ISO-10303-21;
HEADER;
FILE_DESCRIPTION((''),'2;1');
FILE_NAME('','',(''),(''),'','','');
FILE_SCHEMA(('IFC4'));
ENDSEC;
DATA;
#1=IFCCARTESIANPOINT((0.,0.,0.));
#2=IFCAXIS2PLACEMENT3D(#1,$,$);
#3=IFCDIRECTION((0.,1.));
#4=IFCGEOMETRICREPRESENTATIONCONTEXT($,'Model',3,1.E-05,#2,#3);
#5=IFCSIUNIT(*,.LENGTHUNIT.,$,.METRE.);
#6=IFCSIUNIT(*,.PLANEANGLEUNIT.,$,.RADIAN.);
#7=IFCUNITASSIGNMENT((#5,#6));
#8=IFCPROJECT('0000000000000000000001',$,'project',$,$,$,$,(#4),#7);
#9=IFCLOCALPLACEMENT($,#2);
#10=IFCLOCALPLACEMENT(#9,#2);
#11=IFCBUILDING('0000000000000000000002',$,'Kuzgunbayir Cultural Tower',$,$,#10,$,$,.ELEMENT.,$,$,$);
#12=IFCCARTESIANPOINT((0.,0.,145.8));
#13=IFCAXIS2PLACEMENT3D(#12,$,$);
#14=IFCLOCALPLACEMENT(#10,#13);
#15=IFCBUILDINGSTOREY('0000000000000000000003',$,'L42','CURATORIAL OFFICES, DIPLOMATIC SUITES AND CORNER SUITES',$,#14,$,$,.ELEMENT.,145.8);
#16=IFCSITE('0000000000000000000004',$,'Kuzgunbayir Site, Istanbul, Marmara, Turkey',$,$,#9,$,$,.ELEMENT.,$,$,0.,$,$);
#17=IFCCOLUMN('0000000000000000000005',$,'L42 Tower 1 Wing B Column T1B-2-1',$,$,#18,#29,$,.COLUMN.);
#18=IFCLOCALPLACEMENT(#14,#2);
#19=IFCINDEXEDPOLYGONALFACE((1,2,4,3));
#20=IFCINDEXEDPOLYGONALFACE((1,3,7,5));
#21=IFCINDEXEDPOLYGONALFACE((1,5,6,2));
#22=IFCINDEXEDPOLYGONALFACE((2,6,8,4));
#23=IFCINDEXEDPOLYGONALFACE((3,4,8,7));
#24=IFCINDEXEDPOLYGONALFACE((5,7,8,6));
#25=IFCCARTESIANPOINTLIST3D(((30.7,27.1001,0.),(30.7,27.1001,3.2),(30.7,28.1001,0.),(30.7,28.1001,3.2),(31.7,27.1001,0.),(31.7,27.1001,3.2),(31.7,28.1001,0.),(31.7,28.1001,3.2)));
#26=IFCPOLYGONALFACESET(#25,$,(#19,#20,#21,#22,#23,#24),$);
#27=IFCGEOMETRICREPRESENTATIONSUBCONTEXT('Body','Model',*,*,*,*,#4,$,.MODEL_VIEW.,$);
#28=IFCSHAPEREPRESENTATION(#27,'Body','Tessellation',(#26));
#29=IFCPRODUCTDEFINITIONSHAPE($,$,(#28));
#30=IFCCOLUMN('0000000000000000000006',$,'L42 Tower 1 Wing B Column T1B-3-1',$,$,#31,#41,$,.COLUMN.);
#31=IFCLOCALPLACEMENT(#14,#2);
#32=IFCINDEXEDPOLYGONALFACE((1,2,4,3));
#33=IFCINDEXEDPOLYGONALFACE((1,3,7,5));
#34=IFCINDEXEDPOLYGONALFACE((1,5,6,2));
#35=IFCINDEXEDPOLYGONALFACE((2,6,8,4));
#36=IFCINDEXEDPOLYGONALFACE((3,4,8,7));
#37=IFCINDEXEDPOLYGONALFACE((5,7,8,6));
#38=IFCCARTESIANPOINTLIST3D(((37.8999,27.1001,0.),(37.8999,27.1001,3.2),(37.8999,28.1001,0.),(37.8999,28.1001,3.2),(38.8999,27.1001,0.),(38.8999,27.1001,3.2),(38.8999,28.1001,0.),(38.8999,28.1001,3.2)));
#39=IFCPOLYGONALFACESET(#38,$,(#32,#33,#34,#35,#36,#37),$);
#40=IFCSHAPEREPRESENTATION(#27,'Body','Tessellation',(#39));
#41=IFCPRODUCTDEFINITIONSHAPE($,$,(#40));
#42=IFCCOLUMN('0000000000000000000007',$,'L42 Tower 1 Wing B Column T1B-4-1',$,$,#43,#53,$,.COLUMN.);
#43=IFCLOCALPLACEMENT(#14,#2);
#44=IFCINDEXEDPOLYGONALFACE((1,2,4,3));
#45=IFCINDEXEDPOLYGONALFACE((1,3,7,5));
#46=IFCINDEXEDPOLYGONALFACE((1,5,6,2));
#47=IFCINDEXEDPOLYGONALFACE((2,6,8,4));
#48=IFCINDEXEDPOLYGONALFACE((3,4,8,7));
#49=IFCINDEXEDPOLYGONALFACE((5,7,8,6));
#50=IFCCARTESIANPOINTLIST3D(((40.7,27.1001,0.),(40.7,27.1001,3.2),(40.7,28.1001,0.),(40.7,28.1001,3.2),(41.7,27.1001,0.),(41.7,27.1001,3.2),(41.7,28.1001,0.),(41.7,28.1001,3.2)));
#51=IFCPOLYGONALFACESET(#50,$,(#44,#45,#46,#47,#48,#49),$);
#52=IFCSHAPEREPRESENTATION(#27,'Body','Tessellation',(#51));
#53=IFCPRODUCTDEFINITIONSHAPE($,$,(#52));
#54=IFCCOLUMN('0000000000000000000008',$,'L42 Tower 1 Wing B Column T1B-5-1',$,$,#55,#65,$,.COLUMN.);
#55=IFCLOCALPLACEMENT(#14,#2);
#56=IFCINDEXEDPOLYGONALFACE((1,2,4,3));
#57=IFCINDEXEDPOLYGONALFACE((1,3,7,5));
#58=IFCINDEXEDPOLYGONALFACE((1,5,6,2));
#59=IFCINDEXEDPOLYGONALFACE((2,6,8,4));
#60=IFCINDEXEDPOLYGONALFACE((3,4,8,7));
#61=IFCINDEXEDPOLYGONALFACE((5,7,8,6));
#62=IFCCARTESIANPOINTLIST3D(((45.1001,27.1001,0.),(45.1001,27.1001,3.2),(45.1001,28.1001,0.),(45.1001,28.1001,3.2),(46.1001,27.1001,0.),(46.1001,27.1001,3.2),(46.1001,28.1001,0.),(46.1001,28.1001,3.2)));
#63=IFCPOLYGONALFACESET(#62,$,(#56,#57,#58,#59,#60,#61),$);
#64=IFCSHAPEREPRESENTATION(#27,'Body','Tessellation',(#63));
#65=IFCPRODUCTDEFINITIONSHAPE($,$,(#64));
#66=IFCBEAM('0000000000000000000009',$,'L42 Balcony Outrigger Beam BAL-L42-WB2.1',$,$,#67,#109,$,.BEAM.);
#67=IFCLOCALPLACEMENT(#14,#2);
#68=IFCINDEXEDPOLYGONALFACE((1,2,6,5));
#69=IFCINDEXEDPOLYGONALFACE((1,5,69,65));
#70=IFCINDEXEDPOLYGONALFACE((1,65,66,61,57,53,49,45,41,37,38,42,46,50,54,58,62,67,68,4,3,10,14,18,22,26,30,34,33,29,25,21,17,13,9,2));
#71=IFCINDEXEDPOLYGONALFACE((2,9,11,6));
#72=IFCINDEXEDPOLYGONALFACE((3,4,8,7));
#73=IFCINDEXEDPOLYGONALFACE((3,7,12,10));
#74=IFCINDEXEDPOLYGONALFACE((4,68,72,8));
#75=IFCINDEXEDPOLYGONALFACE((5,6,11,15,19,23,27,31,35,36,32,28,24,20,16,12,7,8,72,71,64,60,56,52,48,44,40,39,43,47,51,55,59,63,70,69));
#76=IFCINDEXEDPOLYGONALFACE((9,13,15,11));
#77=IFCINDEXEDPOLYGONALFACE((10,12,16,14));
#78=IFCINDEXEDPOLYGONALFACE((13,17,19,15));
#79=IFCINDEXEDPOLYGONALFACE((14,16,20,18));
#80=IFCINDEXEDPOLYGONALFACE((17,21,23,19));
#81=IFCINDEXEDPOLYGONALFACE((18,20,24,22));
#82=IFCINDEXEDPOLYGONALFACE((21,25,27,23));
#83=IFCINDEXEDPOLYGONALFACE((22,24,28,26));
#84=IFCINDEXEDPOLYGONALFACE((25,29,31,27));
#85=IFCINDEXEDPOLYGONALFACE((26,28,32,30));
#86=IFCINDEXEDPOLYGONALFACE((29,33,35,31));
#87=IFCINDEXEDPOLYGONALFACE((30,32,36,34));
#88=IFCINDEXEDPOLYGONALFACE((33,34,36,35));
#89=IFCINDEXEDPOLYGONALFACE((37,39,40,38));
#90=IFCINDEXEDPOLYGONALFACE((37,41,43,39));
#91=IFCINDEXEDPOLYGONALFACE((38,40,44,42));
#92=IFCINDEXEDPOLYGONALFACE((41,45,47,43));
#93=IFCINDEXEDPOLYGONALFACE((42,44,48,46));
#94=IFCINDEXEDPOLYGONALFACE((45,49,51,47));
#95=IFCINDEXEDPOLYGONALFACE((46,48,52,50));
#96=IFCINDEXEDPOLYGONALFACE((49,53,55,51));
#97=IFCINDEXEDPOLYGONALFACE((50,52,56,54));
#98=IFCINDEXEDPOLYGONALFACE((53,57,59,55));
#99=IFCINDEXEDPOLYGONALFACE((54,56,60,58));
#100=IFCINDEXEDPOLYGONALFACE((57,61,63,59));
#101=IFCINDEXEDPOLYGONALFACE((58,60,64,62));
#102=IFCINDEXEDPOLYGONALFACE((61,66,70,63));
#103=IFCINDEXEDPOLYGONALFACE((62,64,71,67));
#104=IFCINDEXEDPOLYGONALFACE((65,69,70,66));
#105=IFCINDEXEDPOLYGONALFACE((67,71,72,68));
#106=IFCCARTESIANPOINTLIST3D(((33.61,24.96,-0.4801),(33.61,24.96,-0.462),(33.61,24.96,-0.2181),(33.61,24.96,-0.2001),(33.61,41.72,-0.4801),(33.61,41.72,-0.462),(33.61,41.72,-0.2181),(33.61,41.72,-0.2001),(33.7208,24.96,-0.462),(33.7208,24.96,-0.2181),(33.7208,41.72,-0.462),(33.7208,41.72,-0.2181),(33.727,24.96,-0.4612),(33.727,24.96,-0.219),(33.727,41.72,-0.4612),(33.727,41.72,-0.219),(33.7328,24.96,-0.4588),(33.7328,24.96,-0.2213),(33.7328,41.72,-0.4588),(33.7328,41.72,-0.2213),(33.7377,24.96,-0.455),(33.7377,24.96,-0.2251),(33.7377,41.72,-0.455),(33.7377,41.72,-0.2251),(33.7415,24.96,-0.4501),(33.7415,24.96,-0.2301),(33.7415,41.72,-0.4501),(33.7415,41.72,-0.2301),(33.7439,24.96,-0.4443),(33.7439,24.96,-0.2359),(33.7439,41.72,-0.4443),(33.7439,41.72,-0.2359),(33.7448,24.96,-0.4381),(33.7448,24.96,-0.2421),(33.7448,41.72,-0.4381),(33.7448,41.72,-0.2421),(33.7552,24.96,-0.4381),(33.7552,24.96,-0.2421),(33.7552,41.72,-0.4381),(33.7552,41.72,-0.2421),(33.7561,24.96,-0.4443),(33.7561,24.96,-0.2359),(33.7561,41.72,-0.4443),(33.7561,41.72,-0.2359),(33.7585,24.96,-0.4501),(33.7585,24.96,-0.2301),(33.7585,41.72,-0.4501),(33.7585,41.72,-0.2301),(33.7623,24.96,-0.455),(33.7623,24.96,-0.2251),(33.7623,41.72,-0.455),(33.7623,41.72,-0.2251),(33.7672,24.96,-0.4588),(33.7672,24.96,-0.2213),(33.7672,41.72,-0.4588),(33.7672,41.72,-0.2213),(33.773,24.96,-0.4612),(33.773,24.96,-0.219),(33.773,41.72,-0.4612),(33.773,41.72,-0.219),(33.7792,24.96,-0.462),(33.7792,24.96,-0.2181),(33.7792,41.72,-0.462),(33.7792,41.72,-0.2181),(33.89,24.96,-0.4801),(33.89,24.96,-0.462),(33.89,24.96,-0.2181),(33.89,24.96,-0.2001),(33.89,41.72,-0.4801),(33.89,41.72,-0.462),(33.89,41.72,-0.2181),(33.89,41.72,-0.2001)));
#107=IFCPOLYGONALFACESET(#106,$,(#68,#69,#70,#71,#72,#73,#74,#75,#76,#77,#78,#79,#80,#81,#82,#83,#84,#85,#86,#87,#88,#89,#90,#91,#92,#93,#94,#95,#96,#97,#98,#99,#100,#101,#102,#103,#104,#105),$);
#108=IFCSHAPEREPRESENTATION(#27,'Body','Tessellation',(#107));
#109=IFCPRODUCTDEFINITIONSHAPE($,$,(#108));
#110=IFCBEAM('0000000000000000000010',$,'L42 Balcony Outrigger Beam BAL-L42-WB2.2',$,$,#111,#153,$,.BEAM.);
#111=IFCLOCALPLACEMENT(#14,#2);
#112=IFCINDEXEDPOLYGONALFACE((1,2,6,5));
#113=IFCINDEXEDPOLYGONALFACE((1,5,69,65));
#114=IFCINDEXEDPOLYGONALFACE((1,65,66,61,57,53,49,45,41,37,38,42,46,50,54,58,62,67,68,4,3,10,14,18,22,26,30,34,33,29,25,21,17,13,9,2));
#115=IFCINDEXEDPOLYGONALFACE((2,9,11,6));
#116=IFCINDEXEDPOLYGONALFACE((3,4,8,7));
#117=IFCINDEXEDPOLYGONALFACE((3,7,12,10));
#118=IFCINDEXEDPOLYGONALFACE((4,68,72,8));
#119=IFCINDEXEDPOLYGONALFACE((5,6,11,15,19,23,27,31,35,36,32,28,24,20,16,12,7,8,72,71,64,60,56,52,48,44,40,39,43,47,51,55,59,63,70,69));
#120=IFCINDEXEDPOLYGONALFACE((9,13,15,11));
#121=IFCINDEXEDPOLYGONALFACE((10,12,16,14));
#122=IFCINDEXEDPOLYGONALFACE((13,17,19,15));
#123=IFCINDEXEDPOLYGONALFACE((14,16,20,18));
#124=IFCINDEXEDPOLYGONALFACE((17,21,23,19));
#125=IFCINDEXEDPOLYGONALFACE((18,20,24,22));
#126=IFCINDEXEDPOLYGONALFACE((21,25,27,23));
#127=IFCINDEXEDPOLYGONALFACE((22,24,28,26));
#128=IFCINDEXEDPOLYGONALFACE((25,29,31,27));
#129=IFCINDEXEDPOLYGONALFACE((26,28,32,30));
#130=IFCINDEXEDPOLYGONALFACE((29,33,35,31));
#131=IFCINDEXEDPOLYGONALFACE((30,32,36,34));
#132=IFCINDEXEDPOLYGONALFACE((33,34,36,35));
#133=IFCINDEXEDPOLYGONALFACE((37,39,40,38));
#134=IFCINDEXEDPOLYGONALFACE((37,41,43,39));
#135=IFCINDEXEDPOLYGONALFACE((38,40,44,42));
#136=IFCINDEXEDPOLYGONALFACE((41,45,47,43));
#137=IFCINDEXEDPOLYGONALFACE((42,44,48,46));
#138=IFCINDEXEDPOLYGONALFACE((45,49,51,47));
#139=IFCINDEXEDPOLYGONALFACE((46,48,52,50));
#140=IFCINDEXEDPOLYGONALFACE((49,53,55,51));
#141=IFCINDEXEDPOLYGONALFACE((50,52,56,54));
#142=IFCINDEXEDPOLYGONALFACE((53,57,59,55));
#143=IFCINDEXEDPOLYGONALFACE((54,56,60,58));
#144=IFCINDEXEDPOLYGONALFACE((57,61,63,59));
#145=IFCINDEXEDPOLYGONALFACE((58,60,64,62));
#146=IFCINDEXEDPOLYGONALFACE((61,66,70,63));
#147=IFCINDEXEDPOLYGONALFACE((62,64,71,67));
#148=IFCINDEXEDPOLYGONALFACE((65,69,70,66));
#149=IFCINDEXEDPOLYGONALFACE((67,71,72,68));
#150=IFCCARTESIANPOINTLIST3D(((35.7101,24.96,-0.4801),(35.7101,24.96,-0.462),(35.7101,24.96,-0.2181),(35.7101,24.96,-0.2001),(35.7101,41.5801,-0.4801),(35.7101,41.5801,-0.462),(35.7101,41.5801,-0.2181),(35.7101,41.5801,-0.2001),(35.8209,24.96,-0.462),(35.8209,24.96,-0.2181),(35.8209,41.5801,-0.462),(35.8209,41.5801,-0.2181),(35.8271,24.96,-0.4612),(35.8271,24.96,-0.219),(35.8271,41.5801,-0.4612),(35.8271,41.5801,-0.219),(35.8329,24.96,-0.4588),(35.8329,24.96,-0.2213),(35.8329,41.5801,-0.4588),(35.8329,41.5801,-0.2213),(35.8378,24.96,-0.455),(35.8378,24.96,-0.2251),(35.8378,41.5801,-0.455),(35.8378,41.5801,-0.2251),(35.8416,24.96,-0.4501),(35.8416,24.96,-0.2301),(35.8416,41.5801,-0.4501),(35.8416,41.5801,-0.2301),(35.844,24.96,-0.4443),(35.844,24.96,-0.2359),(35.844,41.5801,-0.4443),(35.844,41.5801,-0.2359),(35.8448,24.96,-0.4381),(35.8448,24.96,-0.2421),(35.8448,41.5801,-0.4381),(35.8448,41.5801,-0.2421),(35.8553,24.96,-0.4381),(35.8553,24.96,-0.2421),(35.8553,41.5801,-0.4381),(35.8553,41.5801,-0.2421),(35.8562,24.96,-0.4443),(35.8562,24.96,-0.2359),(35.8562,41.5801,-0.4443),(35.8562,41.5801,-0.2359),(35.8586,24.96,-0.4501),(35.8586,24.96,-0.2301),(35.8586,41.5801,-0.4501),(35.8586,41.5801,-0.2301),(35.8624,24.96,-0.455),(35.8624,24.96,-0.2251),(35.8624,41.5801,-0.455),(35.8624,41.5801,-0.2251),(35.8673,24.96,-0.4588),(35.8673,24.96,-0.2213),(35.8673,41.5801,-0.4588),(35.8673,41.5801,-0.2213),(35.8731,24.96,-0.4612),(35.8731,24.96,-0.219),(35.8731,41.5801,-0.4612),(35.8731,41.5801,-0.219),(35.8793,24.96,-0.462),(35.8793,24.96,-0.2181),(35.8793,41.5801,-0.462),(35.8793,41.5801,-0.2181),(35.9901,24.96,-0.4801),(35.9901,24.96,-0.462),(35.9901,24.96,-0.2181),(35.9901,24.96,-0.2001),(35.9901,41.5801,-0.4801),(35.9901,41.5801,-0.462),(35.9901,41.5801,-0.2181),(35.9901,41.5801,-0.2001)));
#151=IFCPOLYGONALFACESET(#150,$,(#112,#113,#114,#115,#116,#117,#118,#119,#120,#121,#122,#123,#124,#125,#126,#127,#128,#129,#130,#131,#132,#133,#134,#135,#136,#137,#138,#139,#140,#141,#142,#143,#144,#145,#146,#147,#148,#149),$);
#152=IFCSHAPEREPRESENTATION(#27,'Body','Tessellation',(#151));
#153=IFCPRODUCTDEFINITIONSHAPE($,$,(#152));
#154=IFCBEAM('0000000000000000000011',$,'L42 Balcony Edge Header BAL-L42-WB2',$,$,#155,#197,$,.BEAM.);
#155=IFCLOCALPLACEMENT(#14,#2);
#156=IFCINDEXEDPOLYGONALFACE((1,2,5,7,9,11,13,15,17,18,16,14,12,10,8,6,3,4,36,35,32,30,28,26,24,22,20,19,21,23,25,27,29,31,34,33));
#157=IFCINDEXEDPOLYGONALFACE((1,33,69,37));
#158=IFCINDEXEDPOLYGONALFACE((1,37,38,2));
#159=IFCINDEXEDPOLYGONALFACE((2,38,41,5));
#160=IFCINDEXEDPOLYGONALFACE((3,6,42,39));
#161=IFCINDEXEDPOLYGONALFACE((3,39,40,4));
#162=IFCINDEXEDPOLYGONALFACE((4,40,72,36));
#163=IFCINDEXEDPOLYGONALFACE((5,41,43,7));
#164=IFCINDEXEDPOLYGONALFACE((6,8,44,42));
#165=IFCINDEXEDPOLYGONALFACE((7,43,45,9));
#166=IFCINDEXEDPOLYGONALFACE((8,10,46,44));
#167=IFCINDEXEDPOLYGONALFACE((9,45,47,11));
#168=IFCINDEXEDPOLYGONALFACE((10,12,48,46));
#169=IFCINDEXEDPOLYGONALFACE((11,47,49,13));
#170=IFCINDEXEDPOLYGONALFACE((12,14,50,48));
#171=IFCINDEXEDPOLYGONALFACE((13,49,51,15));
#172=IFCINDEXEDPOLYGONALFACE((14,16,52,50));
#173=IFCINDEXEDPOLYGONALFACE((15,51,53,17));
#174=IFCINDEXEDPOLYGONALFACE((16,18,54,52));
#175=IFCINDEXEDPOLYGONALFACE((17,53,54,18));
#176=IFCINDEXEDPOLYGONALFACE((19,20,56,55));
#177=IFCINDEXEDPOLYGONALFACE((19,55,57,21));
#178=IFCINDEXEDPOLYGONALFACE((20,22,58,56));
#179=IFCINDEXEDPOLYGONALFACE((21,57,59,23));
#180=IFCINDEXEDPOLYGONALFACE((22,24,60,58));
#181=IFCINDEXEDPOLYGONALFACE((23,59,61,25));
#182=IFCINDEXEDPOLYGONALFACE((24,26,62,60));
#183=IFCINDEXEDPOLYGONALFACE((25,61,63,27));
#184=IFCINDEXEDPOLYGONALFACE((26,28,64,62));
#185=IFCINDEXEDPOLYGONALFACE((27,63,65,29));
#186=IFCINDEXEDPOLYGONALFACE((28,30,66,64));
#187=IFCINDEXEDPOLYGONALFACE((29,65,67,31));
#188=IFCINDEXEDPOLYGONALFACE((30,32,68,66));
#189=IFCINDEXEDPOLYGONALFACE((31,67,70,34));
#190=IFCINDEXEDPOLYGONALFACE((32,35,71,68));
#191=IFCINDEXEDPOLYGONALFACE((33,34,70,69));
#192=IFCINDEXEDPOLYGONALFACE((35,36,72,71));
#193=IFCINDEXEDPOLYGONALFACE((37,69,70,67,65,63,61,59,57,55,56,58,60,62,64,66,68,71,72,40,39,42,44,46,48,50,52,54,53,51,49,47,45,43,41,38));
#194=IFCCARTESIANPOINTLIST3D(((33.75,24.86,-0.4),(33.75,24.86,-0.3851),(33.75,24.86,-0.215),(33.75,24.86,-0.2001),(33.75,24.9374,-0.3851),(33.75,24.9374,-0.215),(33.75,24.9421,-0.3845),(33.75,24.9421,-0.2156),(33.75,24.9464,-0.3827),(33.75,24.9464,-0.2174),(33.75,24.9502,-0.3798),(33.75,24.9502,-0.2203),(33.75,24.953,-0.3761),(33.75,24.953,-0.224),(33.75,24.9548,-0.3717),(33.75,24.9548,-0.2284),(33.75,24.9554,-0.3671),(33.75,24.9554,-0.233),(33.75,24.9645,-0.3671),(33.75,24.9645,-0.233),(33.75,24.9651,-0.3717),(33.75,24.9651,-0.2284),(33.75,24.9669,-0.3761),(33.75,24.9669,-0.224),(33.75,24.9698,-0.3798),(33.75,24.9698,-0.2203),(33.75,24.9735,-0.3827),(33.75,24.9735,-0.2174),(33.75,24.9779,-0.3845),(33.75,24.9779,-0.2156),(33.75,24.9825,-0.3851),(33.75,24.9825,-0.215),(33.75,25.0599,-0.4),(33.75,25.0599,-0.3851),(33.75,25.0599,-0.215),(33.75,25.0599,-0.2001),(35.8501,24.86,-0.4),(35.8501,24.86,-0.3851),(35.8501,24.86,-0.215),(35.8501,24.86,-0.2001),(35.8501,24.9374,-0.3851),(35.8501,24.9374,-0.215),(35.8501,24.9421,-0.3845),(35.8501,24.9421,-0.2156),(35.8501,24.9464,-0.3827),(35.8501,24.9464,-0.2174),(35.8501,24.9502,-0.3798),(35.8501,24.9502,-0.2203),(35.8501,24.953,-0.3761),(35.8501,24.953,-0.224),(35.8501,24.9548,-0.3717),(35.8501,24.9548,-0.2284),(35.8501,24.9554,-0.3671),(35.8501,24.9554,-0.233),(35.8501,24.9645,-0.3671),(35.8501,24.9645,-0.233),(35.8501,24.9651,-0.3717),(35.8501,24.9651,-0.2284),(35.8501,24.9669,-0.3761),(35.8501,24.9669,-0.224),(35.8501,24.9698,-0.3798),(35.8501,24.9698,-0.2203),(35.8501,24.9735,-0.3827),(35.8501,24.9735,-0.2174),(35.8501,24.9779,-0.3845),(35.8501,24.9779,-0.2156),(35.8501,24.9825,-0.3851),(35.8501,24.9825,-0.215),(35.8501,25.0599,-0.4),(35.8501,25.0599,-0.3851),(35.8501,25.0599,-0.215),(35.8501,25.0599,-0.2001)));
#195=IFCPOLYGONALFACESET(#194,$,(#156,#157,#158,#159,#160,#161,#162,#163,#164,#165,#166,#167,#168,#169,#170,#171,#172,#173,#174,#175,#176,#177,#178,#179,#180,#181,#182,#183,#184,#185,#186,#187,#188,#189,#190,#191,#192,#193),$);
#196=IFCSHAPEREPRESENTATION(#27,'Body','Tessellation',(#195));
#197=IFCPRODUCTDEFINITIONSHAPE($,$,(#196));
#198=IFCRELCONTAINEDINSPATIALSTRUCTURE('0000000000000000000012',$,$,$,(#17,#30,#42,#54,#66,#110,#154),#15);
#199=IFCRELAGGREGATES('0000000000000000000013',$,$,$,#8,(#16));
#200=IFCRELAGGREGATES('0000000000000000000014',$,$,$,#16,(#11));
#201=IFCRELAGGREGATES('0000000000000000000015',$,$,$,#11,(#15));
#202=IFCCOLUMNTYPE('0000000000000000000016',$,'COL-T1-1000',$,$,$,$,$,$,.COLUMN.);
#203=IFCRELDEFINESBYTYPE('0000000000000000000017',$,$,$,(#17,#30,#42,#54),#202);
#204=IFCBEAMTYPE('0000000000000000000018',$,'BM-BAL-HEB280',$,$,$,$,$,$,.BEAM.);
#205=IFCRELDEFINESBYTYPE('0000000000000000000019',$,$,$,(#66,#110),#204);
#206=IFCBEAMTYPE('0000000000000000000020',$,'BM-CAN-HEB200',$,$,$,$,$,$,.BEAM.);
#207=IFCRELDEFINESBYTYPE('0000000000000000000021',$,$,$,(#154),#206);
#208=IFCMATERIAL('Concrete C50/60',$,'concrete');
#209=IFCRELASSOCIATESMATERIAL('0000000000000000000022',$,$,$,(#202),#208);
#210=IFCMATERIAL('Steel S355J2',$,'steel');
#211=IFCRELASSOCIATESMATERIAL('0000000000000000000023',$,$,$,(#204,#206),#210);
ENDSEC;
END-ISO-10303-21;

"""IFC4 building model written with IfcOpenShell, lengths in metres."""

from ifc_helpers import new_model, si_unit, direction, frame, origin, origin_2d, place, context, subcontext, project, spatial, rectangle, i_section, extrude, material, material_profile, profile_set, type_object, element, save


model = new_model("IFC4")

# Units and contexts
model_context = context("Model", 3, precision=1e-05, world=origin(), true_north=direction((0.0, 1.0)))
body_context = subcontext(model_context, "Body", "Model", "MODEL_VIEW")
ifc_project = project(units=[si_unit("LENGTHUNIT", "METRE"), si_unit("PLANEANGLEUNIT", "RADIAN")], contexts=[model_context])

# Site, building, storey
site_placement = place(None, origin())
site = spatial("IfcSite", under=ifc_project, at=site_placement, Name="Kuzgunbayir Site, Istanbul, Marmara, Turkey", CompositionType="ELEMENT", RefElevation=0.0)
building_placement = place(site_placement, origin())
building = spatial("IfcBuilding", under=site, at=building_placement, Name="Kuzgunbayir Cultural Tower", CompositionType="ELEMENT")
storey_placement = place(building_placement, frame((0.0, 0.0, 145.8)))
storey = spatial("IfcBuildingStorey", under=building, at=storey_placement, Name="L42", Description="CURATORIAL OFFICES, DIPLOMATIC SUITES AND CORNER SUITES", CompositionType="ELEMENT", Elevation=145.8)

# Columns
ifc_material_1 = material(Name="Concrete C50/60", Category="concrete")
ifc_material_profile_1 = material_profile(ifc_material_1, rectangle(XDim=1.0, YDim=1.0, at=origin_2d()), Name="RC 1000x1000")
ifc_profile_set_1 = profile_set([ifc_material_profile_1], Name="Concrete C50/60")
column_type = type_object("IfcColumnType", Name="COL-T1-1000", PredefinedType="COLUMN", material=ifc_profile_set_1)
for number, where, z_axis, x_axis, name in (
    (1, (31.2, 27.6001, 0.0), (0.0, 0.0, 1.0), (1.0, 0.0, 0.0), "L42 Tower 1 Wing B Column T1B-2-1"),
    (2, (38.3999, 27.6001, 0.0), (0.0, 0.0, 1.0), (1.0, 0.0, 0.0), "L42 Tower 1 Wing B Column T1B-3-1"),
    (3, (41.2, 27.6001, 0.0), (0.0, 0.0, 1.0), (1.0, 0.0, 0.0), "L42 Tower 1 Wing B Column T1B-4-1"),
    (4, (45.6001, 27.6001, 0.0), (0.0, 0.0, 1.0), (1.0, 0.0, 0.0), "L42 Tower 1 Wing B Column T1B-5-1"),
):
    element("IfcColumn", number, at=place(storey_placement, frame(where, z_axis=z_axis, x_axis=x_axis)), inside=storey, type_object=column_type, Name=name, PredefinedType="COLUMN", context=body_context, shape_type="SweptSolid", body=[
        extrude(rectangle(XDim=1.0, YDim=1.0, at=origin_2d()), origin(), (0.0, 0.0, 1.0), 3.2),
    ])

# Beams
ifc_material_2 = material(Name="Steel S355J2", Category="steel")
ifc_material_profile_2 = material_profile(ifc_material_2, i_section(OverallWidth=0.28, OverallDepth=0.28, WebThickness=0.0105, FlangeThickness=0.0181, FilletRadius=0.0239, at=origin_2d()), Name="HEB 280")
ifc_profile_set_2 = profile_set([ifc_material_profile_2], Name="Steel S355J2")
beam_type_1 = type_object("IfcBeamType", Name="BM-BAL-HEB280", PredefinedType="BEAM", material=ifc_profile_set_2)
beam_1_placement = place(storey_placement, frame((33.75, 24.96, -0.3401), z_axis=(0.0, 1.0, 0.0), x_axis=(-1.0, 0.0, 0.0)))
element("IfcBeam", 5, at=beam_1_placement, inside=storey, type_object=beam_type_1, Name="L42 Balcony Outrigger Beam BAL-L42-WB2.1", PredefinedType="BEAM", context=body_context, shape_type="SweptSolid", body=[
    extrude(i_section(OverallWidth=0.28, OverallDepth=0.28, WebThickness=0.0105, FlangeThickness=0.0181, FilletRadius=0.0239, at=origin_2d()), origin(), (0.0, 0.0, 1.0), 16.76),
])
beam_2_placement = place(storey_placement, frame((35.8501, 24.96, -0.3401), z_axis=(0.0, 1.0, 0.0), x_axis=(-1.0, 0.0, 0.0)))
element("IfcBeam", 6, at=beam_2_placement, inside=storey, type_object=beam_type_1, Name="L42 Balcony Outrigger Beam BAL-L42-WB2.2", PredefinedType="BEAM", context=body_context, shape_type="SweptSolid", body=[
    extrude(i_section(OverallWidth=0.28, OverallDepth=0.28, WebThickness=0.0105, FlangeThickness=0.0181, FilletRadius=0.0239, at=origin_2d()), origin(), (0.0, 0.0, 1.0), 16.6201),
])
ifc_material_profile_3 = material_profile(ifc_material_2, i_section(OverallWidth=0.2, OverallDepth=0.2, WebThickness=0.009, FlangeThickness=0.0149, FilletRadius=0.0181, at=origin_2d()), Name="HEB 200")
ifc_profile_set_3 = profile_set([ifc_material_profile_3], Name="Steel S355J2")
beam_type_2 = type_object("IfcBeamType", Name="BM-CAN-HEB200", PredefinedType="BEAM", material=ifc_profile_set_3)
beam_3_placement = place(storey_placement, frame((33.75, 24.96, -0.3), z_axis=(1.0, 0.0, 0.0), x_axis=(0.0, 1.0, 0.0)))
element("IfcBeam", 7, at=beam_3_placement, inside=storey, type_object=beam_type_2, Name="L42 Balcony Edge Header BAL-L42-WB2", PredefinedType="BEAM", context=body_context, shape_type="SweptSolid", body=[
    extrude(i_section(OverallWidth=0.2, OverallDepth=0.2, WebThickness=0.009, FlangeThickness=0.0149, FilletRadius=0.0181, at=origin_2d()), origin(), (0.0, 0.0, 1.0), 2.1001),
])

save(model, "model.ifc")
